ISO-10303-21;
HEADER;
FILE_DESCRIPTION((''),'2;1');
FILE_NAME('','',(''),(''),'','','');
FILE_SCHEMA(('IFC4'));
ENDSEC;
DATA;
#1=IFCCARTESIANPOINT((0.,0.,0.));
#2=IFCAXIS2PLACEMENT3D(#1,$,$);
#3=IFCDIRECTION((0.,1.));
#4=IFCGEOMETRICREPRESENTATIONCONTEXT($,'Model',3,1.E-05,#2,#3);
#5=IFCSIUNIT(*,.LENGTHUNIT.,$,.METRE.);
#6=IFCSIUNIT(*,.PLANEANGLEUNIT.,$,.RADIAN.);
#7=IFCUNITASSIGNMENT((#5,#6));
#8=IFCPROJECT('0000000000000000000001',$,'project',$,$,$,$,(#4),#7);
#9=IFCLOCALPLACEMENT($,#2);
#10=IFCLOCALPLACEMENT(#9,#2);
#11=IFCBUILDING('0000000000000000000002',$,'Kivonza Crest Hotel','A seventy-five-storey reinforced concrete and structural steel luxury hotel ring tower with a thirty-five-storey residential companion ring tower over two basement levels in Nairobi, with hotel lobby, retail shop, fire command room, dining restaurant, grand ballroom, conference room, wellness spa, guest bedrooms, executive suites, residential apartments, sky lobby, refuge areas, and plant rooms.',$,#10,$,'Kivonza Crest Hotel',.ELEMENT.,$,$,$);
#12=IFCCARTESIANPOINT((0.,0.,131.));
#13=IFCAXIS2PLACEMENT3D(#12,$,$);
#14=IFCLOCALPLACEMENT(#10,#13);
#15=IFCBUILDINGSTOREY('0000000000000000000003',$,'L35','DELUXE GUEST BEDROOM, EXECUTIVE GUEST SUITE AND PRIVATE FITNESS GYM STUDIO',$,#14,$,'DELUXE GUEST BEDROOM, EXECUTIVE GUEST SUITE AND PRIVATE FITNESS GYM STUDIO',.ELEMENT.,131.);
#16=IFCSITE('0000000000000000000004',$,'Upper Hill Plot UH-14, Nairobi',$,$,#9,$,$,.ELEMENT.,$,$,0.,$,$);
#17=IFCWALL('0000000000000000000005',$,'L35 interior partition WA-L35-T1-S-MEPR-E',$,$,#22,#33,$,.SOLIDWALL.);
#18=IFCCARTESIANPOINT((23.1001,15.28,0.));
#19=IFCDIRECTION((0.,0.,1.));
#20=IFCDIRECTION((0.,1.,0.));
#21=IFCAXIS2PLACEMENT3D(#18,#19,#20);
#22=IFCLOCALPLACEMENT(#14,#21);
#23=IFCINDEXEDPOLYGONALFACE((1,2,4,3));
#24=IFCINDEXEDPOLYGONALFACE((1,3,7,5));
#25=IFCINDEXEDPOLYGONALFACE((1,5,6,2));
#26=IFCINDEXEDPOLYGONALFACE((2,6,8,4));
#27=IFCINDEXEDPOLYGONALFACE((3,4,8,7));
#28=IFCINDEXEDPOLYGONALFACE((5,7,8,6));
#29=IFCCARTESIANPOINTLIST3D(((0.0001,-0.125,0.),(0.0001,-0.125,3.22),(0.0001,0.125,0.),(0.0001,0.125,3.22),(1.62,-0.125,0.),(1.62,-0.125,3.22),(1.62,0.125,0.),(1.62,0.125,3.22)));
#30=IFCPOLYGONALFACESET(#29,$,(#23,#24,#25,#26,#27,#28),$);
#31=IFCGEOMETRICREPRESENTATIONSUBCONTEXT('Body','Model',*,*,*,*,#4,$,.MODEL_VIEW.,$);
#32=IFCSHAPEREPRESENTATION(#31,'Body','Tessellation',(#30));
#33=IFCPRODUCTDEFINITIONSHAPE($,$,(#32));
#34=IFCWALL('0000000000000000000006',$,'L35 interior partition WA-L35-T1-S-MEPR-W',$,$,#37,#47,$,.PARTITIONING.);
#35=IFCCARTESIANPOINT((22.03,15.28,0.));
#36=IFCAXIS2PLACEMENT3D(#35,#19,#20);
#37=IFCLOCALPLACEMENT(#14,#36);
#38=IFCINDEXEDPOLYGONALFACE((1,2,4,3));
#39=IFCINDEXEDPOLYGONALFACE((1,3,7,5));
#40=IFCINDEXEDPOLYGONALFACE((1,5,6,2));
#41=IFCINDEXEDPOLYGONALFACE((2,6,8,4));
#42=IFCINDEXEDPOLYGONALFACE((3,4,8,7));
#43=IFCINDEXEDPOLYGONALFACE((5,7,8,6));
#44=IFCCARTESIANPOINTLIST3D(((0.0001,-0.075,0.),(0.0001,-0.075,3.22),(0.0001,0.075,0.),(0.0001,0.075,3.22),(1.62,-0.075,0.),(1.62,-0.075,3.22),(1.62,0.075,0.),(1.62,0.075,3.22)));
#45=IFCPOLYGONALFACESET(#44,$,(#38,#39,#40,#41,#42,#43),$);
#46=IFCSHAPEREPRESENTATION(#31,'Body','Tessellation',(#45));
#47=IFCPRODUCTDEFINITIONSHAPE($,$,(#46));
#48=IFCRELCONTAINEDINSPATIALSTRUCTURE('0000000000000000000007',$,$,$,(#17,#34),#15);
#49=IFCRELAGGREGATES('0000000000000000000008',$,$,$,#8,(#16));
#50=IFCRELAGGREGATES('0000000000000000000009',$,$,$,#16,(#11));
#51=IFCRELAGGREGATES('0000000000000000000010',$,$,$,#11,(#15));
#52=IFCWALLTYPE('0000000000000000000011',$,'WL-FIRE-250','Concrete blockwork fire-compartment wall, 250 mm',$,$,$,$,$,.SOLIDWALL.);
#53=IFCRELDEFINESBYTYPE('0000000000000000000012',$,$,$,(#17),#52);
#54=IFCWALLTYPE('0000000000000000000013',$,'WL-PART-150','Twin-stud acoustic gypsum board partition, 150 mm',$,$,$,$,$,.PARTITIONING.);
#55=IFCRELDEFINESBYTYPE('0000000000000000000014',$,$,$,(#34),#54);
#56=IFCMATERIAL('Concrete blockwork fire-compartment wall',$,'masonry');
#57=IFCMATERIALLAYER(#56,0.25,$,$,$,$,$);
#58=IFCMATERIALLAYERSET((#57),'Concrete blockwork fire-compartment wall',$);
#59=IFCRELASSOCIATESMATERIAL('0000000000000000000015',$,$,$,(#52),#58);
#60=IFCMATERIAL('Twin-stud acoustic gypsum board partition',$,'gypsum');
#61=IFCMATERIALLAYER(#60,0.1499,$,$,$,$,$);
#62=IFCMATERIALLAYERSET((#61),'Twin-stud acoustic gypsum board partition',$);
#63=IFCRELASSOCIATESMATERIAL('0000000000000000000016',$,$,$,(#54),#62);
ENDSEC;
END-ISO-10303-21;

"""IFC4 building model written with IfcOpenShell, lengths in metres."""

from ifc_helpers import new_model, si_unit, direction, frame, frame_2d, origin, place, context, subcontext, project, spatial, rectangle, extrude, material, layer, layer_set, type_object, element, save


model = new_model("IFC4")

# Units and contexts
model_context = context("Model", 3, precision=1e-05, world=origin(), true_north=direction((0.0, 1.0)))
body_context = subcontext(model_context, "Body", "Model", "MODEL_VIEW")
ifc_project = project(units=[si_unit("LENGTHUNIT", "METRE"), si_unit("PLANEANGLEUNIT", "RADIAN")], contexts=[model_context])

# Site, building, storey
site_placement = place(None, origin())
site = spatial("IfcSite", under=ifc_project, at=site_placement, Name="Upper Hill Plot UH-14, Nairobi", CompositionType="ELEMENT", RefElevation=0.0)
building_placement = place(site_placement, origin())
building = spatial("IfcBuilding", under=site, at=building_placement, Name="Kivonza Crest Hotel", Description="A seventy-five-storey reinforced concrete and structural steel luxury hotel ring tower with a thirty-five-storey residential companion ring tower over two basement levels in Nairobi, with hotel lobby, retail shop, fire command room, dining restaurant, grand ballroom, conference room, wellness spa, guest bedrooms, executive suites, residential apartments, sky lobby, refuge areas, and plant rooms.", LongName="Kivonza Crest Hotel", CompositionType="ELEMENT")
storey_placement = place(building_placement, frame((0.0, 0.0, 131.0)))
storey = spatial("IfcBuildingStorey", under=building, at=storey_placement, Name="L35", Description="DELUXE GUEST BEDROOM, EXECUTIVE GUEST SUITE AND PRIVATE FITNESS GYM STUDIO", LongName="DELUXE GUEST BEDROOM, EXECUTIVE GUEST SUITE AND PRIVATE FITNESS GYM STUDIO", CompositionType="ELEMENT", Elevation=131.0)

# Walls
ifc_material_1 = material(Name="Concrete blockwork fire-compartment wall", Category="masonry")
ifc_layer_1 = layer(ifc_material_1, 0.25)
ifc_layer_set_1 = layer_set([ifc_layer_1], Name="Concrete blockwork fire-compartment wall")
wall_type_1 = type_object("IfcWallType", Name="WL-FIRE-250", Description="Concrete blockwork fire-compartment wall, 250 mm", PredefinedType="SOLIDWALL", material=ifc_layer_set_1)
wall_1_placement = place(storey_placement, frame((23.1001, 15.28, 0.0), z_axis=(0.0, 0.0, 1.0), x_axis=(0.0, 1.0, 0.0)))
element("IfcWall", 1, at=wall_1_placement, inside=storey, type_object=wall_type_1, Name="L35 interior partition WA-L35-T1-S-MEPR-E", PredefinedType="SOLIDWALL", context=body_context, shape_type="SweptSolid", body=[
    extrude(rectangle(XDim=1.6199, YDim=0.25, at=frame_2d((0.8101, 0.0))), origin(), (0.0, 0.0, 1.0), 3.22),
])
ifc_material_2 = material(Name="Twin-stud acoustic gypsum board partition", Category="gypsum")
ifc_layer_2 = layer(ifc_material_2, 0.1499)
ifc_layer_set_2 = layer_set([ifc_layer_2], Name="Twin-stud acoustic gypsum board partition")
wall_type_2 = type_object("IfcWallType", Name="WL-PART-150", Description="Twin-stud acoustic gypsum board partition, 150 mm", PredefinedType="PARTITIONING", material=ifc_layer_set_2)
wall_2_placement = place(storey_placement, frame((22.03, 15.28, 0.0), z_axis=(0.0, 0.0, 1.0), x_axis=(0.0, 1.0, 0.0)))
element("IfcWall", 2, at=wall_2_placement, inside=storey, type_object=wall_type_2, Name="L35 interior partition WA-L35-T1-S-MEPR-W", PredefinedType="PARTITIONING", context=body_context, shape_type="SweptSolid", body=[
    extrude(rectangle(XDim=1.6199, YDim=0.1499, at=frame_2d((0.8101, 0.0))), origin(), (0.0, 0.0, 1.0), 3.22),
])

save(model, "model.ifc")
